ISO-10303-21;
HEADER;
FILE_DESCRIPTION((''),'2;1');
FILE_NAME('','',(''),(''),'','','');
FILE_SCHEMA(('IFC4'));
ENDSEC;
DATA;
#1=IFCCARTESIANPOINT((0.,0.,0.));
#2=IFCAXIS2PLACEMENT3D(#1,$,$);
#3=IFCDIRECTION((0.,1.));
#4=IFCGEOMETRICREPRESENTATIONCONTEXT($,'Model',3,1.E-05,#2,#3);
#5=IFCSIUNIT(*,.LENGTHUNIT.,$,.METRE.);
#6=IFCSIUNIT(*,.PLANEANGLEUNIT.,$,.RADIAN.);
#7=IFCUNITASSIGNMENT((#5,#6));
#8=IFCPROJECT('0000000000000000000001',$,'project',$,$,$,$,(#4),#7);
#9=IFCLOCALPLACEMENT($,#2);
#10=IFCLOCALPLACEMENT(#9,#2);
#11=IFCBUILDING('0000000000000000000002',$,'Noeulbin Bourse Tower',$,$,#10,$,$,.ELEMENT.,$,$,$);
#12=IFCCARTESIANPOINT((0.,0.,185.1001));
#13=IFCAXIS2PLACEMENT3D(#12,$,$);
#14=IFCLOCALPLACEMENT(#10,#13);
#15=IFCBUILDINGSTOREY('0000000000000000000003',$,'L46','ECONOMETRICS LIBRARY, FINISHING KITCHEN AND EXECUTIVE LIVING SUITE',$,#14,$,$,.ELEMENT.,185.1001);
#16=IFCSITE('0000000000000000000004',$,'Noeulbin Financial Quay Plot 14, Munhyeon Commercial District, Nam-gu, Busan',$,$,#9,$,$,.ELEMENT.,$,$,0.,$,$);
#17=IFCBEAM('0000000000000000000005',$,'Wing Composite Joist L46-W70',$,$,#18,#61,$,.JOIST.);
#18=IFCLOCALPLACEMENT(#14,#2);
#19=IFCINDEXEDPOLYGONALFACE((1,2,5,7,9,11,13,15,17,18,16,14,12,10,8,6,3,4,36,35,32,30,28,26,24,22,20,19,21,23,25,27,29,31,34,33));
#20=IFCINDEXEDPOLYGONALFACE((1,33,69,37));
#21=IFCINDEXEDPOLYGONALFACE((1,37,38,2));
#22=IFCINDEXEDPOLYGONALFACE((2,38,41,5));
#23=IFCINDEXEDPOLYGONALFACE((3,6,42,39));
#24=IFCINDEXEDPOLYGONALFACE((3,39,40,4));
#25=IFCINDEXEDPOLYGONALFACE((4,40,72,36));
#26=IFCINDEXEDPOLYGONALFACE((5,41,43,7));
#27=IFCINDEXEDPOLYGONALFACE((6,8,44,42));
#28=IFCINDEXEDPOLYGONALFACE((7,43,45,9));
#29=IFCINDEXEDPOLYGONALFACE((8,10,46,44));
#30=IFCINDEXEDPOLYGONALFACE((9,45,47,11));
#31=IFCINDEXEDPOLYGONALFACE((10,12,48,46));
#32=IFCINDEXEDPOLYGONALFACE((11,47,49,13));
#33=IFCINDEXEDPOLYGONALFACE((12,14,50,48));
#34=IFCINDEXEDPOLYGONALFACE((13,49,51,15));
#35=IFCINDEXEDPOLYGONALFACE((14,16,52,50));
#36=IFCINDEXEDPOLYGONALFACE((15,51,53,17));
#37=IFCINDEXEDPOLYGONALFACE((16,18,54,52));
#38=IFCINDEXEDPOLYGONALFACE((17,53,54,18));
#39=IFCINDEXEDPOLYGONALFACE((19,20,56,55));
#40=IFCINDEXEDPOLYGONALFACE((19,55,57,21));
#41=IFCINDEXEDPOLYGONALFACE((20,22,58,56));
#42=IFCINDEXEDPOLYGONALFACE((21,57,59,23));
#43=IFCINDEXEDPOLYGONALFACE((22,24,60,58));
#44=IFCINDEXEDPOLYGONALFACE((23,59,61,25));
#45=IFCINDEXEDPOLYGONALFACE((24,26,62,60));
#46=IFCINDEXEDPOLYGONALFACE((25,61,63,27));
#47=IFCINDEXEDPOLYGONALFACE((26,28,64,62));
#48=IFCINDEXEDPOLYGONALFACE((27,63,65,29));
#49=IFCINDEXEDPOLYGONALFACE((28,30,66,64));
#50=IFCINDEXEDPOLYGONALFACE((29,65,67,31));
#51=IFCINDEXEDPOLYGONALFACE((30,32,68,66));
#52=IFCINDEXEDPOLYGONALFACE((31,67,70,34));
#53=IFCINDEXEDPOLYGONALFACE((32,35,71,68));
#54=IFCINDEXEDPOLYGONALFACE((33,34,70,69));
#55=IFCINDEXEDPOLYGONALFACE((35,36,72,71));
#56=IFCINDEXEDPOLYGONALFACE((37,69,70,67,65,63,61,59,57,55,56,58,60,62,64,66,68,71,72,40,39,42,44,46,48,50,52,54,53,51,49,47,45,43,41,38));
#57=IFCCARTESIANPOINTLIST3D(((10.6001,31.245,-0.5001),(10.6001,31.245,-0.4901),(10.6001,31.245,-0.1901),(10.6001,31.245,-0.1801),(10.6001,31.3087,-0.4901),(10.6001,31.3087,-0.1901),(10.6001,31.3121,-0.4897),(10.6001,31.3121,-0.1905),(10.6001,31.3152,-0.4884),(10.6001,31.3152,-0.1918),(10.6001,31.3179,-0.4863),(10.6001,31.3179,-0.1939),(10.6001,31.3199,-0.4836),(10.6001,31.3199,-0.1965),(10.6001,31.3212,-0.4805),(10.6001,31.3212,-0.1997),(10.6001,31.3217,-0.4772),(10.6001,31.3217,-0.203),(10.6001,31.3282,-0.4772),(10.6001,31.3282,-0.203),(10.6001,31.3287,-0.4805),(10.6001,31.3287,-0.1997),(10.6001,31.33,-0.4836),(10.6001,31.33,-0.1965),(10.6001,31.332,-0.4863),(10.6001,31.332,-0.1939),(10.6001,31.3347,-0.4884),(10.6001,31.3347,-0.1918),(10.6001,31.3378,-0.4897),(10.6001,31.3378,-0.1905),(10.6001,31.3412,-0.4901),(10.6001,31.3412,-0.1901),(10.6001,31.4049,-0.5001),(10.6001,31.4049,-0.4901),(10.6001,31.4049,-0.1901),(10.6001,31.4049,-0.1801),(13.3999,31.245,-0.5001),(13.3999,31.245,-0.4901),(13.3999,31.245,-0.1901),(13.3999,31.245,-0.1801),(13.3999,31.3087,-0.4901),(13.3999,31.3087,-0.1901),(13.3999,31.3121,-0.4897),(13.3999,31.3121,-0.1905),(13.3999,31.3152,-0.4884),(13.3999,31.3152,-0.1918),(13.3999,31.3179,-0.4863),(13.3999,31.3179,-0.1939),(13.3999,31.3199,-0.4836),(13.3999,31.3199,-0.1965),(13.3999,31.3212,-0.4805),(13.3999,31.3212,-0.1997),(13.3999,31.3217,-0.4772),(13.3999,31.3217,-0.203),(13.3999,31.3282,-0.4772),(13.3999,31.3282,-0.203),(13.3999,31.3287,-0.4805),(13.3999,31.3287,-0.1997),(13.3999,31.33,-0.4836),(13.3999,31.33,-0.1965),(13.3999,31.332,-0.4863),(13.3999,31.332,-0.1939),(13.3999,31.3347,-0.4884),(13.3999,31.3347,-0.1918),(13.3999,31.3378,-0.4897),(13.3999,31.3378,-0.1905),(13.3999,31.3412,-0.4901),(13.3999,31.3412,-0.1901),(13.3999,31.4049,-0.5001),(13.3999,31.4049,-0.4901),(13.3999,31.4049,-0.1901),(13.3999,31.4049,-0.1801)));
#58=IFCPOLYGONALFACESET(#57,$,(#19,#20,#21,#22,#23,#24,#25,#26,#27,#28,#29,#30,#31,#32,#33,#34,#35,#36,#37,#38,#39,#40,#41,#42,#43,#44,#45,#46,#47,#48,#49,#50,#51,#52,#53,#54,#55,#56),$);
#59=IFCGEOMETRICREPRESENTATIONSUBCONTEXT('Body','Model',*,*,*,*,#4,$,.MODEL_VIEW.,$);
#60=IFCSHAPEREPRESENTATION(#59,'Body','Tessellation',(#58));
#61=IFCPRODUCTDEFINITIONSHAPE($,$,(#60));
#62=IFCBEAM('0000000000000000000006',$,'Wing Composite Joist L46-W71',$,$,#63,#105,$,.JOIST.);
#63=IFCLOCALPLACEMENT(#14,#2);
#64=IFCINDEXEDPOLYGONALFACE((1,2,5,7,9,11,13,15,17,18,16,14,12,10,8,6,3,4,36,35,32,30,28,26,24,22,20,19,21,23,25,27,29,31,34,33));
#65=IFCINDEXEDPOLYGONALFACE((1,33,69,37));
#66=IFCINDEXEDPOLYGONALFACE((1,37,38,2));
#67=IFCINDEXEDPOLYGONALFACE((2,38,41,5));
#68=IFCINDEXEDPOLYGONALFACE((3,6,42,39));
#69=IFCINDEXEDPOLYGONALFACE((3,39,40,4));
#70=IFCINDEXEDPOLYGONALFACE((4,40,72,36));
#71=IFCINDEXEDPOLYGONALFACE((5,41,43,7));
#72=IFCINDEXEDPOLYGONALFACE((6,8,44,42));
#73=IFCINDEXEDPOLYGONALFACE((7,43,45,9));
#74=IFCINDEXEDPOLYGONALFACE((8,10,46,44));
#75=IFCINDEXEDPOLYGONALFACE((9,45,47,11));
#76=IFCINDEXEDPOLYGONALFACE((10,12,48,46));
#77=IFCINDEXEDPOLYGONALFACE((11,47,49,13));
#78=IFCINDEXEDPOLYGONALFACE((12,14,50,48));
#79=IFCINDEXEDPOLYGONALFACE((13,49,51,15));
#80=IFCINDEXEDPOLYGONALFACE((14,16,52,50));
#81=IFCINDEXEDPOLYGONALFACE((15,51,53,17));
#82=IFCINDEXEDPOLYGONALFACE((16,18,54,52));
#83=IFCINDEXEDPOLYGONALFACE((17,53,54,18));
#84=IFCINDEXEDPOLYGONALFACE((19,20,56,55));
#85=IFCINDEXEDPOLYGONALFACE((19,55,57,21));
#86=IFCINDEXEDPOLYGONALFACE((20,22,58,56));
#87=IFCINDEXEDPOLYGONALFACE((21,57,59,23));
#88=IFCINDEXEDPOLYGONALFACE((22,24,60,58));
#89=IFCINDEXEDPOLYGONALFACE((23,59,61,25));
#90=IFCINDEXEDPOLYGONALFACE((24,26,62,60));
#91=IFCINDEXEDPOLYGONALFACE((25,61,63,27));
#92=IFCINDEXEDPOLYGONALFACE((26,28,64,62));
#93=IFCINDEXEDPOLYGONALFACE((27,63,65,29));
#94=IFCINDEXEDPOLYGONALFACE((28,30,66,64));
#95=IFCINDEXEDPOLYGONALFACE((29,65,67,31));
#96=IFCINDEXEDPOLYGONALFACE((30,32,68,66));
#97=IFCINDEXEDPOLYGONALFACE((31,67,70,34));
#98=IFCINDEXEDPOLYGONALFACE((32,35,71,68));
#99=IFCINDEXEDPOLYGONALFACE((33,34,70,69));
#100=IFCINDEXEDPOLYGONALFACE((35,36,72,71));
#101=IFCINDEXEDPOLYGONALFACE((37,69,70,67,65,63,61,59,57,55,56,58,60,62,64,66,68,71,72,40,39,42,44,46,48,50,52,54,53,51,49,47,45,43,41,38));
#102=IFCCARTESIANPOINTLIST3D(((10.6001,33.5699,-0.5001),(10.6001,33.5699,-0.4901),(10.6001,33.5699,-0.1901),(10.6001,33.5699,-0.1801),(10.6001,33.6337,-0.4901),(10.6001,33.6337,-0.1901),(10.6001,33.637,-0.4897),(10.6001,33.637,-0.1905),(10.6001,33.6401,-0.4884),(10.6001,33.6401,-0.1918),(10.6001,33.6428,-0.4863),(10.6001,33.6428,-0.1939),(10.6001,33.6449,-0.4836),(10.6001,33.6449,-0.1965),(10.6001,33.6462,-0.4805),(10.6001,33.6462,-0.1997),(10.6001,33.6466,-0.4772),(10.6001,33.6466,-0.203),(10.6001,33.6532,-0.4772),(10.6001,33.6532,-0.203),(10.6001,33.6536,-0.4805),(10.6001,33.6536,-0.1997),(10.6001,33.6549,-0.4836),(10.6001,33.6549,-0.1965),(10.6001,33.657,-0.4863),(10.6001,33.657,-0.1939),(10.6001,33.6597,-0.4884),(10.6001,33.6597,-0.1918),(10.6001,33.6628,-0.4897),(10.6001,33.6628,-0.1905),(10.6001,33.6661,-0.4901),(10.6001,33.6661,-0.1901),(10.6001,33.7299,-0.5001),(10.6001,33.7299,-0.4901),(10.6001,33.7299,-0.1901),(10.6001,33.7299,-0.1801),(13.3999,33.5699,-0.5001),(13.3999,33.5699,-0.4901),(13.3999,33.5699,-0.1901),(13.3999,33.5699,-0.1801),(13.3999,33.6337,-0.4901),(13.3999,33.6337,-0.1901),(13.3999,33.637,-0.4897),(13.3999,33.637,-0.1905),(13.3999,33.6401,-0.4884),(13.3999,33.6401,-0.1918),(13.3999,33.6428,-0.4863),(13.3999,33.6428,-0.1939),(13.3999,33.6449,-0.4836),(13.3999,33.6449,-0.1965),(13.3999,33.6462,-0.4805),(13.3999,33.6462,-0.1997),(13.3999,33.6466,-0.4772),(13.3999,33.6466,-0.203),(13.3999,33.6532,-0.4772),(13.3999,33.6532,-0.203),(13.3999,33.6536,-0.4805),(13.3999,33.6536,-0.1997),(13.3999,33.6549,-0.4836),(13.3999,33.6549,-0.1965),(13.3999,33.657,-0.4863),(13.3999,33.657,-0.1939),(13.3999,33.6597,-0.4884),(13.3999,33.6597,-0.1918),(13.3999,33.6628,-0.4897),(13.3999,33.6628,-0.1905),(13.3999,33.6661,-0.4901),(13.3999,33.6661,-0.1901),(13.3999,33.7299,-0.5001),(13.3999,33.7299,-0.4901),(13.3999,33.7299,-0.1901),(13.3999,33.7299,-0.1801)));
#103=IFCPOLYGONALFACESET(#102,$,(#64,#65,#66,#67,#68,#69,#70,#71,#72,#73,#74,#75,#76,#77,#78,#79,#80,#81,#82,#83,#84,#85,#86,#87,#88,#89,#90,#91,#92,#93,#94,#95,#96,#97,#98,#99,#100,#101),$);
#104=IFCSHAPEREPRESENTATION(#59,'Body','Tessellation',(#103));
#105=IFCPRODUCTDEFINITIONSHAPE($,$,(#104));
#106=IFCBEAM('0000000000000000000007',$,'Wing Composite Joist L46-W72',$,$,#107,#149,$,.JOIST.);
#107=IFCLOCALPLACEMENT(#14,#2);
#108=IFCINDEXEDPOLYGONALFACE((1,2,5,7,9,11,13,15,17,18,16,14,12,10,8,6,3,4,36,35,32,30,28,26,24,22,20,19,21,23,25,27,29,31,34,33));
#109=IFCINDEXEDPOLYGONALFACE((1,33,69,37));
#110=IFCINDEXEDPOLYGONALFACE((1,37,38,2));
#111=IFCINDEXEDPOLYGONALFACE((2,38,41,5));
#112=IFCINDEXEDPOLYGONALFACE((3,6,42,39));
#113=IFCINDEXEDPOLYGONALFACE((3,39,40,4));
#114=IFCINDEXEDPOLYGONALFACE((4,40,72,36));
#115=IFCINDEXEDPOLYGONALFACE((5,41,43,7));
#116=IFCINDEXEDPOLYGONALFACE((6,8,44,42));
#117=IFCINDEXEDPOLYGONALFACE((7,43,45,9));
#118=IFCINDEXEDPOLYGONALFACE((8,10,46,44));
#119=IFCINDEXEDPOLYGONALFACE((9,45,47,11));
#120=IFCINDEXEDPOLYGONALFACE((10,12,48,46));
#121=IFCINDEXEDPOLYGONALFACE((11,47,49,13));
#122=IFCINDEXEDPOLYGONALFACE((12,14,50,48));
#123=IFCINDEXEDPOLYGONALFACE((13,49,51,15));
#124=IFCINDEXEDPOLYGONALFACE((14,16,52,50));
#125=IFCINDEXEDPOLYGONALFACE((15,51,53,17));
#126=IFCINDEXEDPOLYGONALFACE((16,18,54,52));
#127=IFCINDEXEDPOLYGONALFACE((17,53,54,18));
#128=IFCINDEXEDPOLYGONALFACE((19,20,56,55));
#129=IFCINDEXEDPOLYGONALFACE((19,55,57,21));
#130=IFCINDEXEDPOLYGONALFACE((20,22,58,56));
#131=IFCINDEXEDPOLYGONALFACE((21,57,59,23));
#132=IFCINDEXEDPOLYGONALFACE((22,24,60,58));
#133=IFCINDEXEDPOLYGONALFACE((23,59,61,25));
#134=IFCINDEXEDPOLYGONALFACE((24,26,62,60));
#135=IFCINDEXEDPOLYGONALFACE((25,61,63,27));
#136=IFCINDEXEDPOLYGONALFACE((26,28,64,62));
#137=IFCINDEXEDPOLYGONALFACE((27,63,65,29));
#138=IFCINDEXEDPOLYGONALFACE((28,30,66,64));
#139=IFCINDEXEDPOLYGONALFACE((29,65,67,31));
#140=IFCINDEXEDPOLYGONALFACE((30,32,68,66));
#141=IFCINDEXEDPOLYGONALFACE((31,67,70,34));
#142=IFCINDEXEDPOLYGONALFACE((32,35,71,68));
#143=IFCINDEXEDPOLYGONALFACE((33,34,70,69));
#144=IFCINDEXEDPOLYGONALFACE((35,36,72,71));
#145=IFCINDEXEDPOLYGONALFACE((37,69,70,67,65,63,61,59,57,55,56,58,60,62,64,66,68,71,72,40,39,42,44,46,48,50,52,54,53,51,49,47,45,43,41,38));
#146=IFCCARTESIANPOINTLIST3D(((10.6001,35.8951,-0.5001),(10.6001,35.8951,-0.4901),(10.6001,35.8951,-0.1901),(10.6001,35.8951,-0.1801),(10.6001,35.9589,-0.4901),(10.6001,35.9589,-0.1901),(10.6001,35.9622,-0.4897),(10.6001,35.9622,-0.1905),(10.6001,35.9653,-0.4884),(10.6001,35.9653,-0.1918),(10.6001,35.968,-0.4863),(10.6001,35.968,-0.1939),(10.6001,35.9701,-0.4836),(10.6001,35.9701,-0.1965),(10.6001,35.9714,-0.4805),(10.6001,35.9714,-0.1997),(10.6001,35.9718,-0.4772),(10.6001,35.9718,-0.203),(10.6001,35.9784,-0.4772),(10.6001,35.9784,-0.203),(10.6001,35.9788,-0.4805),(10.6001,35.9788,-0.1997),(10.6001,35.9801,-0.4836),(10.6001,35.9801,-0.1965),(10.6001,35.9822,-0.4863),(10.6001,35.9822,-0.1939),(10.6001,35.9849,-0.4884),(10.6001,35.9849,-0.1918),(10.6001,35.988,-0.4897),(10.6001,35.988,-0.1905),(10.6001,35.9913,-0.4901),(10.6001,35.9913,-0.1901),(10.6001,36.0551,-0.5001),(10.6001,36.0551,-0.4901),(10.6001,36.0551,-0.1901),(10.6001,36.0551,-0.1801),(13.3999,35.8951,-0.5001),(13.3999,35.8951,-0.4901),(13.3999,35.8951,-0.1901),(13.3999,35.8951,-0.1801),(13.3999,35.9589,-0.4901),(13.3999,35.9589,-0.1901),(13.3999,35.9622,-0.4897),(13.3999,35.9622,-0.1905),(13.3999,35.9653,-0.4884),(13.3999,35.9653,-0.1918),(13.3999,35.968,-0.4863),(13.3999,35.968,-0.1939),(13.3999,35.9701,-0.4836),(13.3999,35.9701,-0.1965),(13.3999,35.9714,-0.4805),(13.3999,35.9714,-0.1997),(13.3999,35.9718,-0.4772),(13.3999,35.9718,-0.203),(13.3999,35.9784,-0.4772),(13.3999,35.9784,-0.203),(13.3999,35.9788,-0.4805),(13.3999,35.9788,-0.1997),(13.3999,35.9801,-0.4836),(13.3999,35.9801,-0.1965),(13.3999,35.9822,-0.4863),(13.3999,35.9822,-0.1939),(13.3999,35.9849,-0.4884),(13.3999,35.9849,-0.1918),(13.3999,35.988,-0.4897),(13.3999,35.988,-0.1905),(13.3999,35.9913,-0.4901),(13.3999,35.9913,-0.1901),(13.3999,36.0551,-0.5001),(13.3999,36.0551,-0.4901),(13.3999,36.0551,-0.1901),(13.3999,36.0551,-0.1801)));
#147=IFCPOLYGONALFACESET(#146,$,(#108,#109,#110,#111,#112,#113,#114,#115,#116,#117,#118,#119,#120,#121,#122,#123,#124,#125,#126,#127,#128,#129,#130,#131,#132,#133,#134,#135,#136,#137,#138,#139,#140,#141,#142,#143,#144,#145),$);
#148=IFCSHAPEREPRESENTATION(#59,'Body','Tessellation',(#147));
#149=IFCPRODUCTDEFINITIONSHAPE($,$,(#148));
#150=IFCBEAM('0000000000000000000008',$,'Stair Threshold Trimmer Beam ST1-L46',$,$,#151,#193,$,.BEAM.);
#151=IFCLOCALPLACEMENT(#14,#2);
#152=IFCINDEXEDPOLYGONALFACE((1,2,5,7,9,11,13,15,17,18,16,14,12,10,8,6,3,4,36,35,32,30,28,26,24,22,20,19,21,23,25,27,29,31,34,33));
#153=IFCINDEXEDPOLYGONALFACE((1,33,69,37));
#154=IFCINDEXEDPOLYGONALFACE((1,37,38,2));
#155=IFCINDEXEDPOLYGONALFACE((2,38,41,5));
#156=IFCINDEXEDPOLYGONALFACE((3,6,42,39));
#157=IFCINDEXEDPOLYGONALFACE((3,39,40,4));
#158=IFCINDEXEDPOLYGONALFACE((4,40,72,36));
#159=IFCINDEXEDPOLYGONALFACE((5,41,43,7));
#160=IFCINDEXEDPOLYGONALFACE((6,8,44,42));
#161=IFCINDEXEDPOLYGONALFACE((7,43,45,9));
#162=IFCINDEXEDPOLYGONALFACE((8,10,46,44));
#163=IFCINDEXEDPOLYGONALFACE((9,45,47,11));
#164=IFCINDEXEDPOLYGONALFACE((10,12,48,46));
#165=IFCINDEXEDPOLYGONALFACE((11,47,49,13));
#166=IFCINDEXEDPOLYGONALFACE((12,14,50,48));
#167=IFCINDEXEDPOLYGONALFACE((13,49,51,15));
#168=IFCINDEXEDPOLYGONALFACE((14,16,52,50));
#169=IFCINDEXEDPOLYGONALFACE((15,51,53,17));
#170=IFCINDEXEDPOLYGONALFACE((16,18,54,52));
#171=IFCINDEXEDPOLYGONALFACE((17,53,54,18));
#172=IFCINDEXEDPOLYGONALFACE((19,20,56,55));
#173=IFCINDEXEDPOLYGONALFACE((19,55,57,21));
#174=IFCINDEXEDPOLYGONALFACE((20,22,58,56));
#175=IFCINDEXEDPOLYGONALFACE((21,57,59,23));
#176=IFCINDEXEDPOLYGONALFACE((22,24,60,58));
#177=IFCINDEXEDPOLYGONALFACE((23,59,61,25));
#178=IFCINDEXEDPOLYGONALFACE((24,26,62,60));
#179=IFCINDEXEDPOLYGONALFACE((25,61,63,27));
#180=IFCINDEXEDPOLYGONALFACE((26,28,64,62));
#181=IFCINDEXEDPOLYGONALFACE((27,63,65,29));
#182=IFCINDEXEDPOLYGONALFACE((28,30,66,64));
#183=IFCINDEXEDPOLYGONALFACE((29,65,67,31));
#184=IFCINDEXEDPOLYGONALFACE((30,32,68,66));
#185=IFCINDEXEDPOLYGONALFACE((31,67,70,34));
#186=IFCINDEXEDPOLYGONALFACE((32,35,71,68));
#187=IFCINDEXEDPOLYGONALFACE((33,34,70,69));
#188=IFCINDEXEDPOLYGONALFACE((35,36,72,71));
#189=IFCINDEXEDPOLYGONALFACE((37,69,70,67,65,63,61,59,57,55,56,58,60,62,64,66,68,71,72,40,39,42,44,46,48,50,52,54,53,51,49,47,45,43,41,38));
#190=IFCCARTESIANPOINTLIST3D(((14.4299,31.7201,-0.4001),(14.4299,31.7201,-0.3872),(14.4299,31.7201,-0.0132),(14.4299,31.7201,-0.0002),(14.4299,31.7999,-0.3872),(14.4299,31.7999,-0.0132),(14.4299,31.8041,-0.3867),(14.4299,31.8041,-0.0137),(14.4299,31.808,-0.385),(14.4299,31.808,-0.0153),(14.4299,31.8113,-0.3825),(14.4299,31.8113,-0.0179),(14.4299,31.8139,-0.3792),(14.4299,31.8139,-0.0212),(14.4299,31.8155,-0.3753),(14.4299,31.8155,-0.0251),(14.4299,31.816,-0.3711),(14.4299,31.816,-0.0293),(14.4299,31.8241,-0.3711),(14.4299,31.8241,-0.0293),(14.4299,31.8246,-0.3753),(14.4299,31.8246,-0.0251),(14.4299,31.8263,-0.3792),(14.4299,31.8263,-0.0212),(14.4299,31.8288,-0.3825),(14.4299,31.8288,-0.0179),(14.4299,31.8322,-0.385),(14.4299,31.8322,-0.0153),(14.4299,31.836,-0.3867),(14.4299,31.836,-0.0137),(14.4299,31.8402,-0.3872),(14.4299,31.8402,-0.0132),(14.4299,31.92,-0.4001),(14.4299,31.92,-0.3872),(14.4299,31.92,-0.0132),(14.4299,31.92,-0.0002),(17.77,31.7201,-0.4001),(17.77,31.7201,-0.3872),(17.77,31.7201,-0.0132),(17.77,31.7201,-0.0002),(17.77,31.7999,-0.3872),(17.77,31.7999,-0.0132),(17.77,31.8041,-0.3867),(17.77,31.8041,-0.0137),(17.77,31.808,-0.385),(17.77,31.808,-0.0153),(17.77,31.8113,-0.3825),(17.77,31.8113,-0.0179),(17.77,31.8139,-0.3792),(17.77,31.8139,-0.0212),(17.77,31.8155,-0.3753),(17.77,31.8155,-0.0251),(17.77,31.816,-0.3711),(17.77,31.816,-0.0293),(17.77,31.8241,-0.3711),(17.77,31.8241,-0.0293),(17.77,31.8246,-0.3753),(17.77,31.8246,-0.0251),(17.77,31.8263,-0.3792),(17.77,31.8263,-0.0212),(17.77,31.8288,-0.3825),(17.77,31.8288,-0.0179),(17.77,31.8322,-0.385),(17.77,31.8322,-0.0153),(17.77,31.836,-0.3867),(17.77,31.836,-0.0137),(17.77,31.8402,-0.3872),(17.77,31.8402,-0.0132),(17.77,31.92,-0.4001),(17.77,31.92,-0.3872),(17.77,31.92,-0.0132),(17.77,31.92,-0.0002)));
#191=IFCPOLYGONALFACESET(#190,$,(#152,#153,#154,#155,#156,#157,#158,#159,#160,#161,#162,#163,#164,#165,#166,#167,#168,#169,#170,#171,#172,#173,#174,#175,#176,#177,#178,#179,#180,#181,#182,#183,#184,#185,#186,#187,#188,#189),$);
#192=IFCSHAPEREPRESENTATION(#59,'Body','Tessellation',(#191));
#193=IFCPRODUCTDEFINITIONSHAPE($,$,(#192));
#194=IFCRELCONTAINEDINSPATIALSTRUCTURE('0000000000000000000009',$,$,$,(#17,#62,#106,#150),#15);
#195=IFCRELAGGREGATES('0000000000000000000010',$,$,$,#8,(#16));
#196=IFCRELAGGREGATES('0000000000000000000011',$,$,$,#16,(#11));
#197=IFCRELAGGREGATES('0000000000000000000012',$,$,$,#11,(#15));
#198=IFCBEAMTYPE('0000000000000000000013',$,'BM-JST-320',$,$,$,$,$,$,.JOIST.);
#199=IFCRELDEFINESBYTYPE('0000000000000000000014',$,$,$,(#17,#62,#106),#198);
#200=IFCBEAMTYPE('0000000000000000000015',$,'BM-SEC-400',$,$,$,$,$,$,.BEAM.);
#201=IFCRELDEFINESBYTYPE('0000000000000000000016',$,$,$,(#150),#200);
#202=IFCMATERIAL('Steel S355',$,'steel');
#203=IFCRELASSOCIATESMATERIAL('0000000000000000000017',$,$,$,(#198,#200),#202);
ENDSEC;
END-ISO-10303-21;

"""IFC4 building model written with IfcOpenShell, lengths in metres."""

from ifc_helpers import new_model, si_unit, direction, frame, origin, origin_2d, place, context, subcontext, project, spatial, i_section, extrude, material, material_profile, profile_set, type_object, element, save


model = new_model("IFC4")

# Units and contexts
model_context = context("Model", 3, precision=1e-05, world=origin(), true_north=direction((0.0, 1.0)))
body_context = subcontext(model_context, "Body", "Model", "MODEL_VIEW")
ifc_project = project(units=[si_unit("LENGTHUNIT", "METRE"), si_unit("PLANEANGLEUNIT", "RADIAN")], contexts=[model_context])

# Site, building, storey
site_placement = place(None, origin())
site = spatial("IfcSite", under=ifc_project, at=site_placement, Name="Noeulbin Financial Quay Plot 14, Munhyeon Commercial District, Nam-gu, Busan", CompositionType="ELEMENT", RefElevation=0.0)
building_placement = place(site_placement, origin())
building = spatial("IfcBuilding", under=site, at=building_placement, Name="Noeulbin Bourse Tower", CompositionType="ELEMENT")
storey_placement = place(building_placement, frame((0.0, 0.0, 185.1001)))
storey = spatial("IfcBuildingStorey", under=building, at=storey_placement, Name="L46", Description="ECONOMETRICS LIBRARY, FINISHING KITCHEN AND EXECUTIVE LIVING SUITE", CompositionType="ELEMENT", Elevation=185.1001)

# Beams
ifc_material_1 = material(Name="Steel S355", Category="steel")
ifc_material_profile_1 = material_profile(ifc_material_1, i_section(OverallWidth=0.1599, OverallDepth=0.3201, WebThickness=0.0066, FlangeThickness=0.01, FilletRadius=0.0129, at=origin_2d()), Name="H-320x160x6.5x10", Category="LoadBearing")
ifc_profile_set_1 = profile_set([ifc_material_profile_1], Name="Steel S355")
beam_type_1 = type_object("IfcBeamType", Name="BM-JST-320", PredefinedType="JOIST", material=ifc_profile_set_1)
for number, where, z_axis, x_axis, name in (
    (1, (10.6001, 31.325, -0.3401), (1.0, 0.0, 0.0), (0.0, 1.0, 0.0), "Wing Composite Joist L46-W70"),
    (2, (10.6001, 33.6499, -0.3401), (1.0, 0.0, 0.0), (0.0, 1.0, 0.0), "Wing Composite Joist L46-W71"),
    (3, (10.6001, 35.9751, -0.3401), (1.0, 0.0, 0.0), (0.0, 1.0, 0.0), "Wing Composite Joist L46-W72"),
):
    element("IfcBeam", number, at=place(storey_placement, frame(where, z_axis=z_axis, x_axis=x_axis)), inside=storey, type_object=beam_type_1, Name=name, PredefinedType="JOIST", context=body_context, shape_type="SweptSolid", body=[
        extrude(i_section(OverallWidth=0.1599, OverallDepth=0.3201, WebThickness=0.0066, FlangeThickness=0.01, FilletRadius=0.0129, at=origin_2d()), origin(), (0.0, 0.0, 1.0), 2.7998),
    ])
ifc_material_profile_2 = material_profile(ifc_material_1, i_section(OverallWidth=0.2, OverallDepth=0.3999, WebThickness=0.0081, FlangeThickness=0.0129, FilletRadius=0.0161, at=origin_2d()), Name="H-400x200x8x13", Category="LoadBearing")
ifc_profile_set_2 = profile_set([ifc_material_profile_2], Name="Steel S355")
beam_type_2 = type_object("IfcBeamType", Name="BM-SEC-400", PredefinedType="BEAM", material=ifc_profile_set_2)
beam_1_placement = place(storey_placement, frame((14.4299, 31.8201, -0.2002), z_axis=(1.0, 0.0, 0.0), x_axis=(0.0, 1.0, 0.0)))
element("IfcBeam", 4, at=beam_1_placement, inside=storey, type_object=beam_type_2, Name="Stair Threshold Trimmer Beam ST1-L46", PredefinedType="BEAM", context=body_context, shape_type="SweptSolid", body=[
    extrude(i_section(OverallWidth=0.2, OverallDepth=0.3999, WebThickness=0.0081, FlangeThickness=0.0129, FilletRadius=0.0161, at=origin_2d()), origin(), (0.0, 0.0, 1.0), 3.3401),
])

save(model, "model.ifc")
